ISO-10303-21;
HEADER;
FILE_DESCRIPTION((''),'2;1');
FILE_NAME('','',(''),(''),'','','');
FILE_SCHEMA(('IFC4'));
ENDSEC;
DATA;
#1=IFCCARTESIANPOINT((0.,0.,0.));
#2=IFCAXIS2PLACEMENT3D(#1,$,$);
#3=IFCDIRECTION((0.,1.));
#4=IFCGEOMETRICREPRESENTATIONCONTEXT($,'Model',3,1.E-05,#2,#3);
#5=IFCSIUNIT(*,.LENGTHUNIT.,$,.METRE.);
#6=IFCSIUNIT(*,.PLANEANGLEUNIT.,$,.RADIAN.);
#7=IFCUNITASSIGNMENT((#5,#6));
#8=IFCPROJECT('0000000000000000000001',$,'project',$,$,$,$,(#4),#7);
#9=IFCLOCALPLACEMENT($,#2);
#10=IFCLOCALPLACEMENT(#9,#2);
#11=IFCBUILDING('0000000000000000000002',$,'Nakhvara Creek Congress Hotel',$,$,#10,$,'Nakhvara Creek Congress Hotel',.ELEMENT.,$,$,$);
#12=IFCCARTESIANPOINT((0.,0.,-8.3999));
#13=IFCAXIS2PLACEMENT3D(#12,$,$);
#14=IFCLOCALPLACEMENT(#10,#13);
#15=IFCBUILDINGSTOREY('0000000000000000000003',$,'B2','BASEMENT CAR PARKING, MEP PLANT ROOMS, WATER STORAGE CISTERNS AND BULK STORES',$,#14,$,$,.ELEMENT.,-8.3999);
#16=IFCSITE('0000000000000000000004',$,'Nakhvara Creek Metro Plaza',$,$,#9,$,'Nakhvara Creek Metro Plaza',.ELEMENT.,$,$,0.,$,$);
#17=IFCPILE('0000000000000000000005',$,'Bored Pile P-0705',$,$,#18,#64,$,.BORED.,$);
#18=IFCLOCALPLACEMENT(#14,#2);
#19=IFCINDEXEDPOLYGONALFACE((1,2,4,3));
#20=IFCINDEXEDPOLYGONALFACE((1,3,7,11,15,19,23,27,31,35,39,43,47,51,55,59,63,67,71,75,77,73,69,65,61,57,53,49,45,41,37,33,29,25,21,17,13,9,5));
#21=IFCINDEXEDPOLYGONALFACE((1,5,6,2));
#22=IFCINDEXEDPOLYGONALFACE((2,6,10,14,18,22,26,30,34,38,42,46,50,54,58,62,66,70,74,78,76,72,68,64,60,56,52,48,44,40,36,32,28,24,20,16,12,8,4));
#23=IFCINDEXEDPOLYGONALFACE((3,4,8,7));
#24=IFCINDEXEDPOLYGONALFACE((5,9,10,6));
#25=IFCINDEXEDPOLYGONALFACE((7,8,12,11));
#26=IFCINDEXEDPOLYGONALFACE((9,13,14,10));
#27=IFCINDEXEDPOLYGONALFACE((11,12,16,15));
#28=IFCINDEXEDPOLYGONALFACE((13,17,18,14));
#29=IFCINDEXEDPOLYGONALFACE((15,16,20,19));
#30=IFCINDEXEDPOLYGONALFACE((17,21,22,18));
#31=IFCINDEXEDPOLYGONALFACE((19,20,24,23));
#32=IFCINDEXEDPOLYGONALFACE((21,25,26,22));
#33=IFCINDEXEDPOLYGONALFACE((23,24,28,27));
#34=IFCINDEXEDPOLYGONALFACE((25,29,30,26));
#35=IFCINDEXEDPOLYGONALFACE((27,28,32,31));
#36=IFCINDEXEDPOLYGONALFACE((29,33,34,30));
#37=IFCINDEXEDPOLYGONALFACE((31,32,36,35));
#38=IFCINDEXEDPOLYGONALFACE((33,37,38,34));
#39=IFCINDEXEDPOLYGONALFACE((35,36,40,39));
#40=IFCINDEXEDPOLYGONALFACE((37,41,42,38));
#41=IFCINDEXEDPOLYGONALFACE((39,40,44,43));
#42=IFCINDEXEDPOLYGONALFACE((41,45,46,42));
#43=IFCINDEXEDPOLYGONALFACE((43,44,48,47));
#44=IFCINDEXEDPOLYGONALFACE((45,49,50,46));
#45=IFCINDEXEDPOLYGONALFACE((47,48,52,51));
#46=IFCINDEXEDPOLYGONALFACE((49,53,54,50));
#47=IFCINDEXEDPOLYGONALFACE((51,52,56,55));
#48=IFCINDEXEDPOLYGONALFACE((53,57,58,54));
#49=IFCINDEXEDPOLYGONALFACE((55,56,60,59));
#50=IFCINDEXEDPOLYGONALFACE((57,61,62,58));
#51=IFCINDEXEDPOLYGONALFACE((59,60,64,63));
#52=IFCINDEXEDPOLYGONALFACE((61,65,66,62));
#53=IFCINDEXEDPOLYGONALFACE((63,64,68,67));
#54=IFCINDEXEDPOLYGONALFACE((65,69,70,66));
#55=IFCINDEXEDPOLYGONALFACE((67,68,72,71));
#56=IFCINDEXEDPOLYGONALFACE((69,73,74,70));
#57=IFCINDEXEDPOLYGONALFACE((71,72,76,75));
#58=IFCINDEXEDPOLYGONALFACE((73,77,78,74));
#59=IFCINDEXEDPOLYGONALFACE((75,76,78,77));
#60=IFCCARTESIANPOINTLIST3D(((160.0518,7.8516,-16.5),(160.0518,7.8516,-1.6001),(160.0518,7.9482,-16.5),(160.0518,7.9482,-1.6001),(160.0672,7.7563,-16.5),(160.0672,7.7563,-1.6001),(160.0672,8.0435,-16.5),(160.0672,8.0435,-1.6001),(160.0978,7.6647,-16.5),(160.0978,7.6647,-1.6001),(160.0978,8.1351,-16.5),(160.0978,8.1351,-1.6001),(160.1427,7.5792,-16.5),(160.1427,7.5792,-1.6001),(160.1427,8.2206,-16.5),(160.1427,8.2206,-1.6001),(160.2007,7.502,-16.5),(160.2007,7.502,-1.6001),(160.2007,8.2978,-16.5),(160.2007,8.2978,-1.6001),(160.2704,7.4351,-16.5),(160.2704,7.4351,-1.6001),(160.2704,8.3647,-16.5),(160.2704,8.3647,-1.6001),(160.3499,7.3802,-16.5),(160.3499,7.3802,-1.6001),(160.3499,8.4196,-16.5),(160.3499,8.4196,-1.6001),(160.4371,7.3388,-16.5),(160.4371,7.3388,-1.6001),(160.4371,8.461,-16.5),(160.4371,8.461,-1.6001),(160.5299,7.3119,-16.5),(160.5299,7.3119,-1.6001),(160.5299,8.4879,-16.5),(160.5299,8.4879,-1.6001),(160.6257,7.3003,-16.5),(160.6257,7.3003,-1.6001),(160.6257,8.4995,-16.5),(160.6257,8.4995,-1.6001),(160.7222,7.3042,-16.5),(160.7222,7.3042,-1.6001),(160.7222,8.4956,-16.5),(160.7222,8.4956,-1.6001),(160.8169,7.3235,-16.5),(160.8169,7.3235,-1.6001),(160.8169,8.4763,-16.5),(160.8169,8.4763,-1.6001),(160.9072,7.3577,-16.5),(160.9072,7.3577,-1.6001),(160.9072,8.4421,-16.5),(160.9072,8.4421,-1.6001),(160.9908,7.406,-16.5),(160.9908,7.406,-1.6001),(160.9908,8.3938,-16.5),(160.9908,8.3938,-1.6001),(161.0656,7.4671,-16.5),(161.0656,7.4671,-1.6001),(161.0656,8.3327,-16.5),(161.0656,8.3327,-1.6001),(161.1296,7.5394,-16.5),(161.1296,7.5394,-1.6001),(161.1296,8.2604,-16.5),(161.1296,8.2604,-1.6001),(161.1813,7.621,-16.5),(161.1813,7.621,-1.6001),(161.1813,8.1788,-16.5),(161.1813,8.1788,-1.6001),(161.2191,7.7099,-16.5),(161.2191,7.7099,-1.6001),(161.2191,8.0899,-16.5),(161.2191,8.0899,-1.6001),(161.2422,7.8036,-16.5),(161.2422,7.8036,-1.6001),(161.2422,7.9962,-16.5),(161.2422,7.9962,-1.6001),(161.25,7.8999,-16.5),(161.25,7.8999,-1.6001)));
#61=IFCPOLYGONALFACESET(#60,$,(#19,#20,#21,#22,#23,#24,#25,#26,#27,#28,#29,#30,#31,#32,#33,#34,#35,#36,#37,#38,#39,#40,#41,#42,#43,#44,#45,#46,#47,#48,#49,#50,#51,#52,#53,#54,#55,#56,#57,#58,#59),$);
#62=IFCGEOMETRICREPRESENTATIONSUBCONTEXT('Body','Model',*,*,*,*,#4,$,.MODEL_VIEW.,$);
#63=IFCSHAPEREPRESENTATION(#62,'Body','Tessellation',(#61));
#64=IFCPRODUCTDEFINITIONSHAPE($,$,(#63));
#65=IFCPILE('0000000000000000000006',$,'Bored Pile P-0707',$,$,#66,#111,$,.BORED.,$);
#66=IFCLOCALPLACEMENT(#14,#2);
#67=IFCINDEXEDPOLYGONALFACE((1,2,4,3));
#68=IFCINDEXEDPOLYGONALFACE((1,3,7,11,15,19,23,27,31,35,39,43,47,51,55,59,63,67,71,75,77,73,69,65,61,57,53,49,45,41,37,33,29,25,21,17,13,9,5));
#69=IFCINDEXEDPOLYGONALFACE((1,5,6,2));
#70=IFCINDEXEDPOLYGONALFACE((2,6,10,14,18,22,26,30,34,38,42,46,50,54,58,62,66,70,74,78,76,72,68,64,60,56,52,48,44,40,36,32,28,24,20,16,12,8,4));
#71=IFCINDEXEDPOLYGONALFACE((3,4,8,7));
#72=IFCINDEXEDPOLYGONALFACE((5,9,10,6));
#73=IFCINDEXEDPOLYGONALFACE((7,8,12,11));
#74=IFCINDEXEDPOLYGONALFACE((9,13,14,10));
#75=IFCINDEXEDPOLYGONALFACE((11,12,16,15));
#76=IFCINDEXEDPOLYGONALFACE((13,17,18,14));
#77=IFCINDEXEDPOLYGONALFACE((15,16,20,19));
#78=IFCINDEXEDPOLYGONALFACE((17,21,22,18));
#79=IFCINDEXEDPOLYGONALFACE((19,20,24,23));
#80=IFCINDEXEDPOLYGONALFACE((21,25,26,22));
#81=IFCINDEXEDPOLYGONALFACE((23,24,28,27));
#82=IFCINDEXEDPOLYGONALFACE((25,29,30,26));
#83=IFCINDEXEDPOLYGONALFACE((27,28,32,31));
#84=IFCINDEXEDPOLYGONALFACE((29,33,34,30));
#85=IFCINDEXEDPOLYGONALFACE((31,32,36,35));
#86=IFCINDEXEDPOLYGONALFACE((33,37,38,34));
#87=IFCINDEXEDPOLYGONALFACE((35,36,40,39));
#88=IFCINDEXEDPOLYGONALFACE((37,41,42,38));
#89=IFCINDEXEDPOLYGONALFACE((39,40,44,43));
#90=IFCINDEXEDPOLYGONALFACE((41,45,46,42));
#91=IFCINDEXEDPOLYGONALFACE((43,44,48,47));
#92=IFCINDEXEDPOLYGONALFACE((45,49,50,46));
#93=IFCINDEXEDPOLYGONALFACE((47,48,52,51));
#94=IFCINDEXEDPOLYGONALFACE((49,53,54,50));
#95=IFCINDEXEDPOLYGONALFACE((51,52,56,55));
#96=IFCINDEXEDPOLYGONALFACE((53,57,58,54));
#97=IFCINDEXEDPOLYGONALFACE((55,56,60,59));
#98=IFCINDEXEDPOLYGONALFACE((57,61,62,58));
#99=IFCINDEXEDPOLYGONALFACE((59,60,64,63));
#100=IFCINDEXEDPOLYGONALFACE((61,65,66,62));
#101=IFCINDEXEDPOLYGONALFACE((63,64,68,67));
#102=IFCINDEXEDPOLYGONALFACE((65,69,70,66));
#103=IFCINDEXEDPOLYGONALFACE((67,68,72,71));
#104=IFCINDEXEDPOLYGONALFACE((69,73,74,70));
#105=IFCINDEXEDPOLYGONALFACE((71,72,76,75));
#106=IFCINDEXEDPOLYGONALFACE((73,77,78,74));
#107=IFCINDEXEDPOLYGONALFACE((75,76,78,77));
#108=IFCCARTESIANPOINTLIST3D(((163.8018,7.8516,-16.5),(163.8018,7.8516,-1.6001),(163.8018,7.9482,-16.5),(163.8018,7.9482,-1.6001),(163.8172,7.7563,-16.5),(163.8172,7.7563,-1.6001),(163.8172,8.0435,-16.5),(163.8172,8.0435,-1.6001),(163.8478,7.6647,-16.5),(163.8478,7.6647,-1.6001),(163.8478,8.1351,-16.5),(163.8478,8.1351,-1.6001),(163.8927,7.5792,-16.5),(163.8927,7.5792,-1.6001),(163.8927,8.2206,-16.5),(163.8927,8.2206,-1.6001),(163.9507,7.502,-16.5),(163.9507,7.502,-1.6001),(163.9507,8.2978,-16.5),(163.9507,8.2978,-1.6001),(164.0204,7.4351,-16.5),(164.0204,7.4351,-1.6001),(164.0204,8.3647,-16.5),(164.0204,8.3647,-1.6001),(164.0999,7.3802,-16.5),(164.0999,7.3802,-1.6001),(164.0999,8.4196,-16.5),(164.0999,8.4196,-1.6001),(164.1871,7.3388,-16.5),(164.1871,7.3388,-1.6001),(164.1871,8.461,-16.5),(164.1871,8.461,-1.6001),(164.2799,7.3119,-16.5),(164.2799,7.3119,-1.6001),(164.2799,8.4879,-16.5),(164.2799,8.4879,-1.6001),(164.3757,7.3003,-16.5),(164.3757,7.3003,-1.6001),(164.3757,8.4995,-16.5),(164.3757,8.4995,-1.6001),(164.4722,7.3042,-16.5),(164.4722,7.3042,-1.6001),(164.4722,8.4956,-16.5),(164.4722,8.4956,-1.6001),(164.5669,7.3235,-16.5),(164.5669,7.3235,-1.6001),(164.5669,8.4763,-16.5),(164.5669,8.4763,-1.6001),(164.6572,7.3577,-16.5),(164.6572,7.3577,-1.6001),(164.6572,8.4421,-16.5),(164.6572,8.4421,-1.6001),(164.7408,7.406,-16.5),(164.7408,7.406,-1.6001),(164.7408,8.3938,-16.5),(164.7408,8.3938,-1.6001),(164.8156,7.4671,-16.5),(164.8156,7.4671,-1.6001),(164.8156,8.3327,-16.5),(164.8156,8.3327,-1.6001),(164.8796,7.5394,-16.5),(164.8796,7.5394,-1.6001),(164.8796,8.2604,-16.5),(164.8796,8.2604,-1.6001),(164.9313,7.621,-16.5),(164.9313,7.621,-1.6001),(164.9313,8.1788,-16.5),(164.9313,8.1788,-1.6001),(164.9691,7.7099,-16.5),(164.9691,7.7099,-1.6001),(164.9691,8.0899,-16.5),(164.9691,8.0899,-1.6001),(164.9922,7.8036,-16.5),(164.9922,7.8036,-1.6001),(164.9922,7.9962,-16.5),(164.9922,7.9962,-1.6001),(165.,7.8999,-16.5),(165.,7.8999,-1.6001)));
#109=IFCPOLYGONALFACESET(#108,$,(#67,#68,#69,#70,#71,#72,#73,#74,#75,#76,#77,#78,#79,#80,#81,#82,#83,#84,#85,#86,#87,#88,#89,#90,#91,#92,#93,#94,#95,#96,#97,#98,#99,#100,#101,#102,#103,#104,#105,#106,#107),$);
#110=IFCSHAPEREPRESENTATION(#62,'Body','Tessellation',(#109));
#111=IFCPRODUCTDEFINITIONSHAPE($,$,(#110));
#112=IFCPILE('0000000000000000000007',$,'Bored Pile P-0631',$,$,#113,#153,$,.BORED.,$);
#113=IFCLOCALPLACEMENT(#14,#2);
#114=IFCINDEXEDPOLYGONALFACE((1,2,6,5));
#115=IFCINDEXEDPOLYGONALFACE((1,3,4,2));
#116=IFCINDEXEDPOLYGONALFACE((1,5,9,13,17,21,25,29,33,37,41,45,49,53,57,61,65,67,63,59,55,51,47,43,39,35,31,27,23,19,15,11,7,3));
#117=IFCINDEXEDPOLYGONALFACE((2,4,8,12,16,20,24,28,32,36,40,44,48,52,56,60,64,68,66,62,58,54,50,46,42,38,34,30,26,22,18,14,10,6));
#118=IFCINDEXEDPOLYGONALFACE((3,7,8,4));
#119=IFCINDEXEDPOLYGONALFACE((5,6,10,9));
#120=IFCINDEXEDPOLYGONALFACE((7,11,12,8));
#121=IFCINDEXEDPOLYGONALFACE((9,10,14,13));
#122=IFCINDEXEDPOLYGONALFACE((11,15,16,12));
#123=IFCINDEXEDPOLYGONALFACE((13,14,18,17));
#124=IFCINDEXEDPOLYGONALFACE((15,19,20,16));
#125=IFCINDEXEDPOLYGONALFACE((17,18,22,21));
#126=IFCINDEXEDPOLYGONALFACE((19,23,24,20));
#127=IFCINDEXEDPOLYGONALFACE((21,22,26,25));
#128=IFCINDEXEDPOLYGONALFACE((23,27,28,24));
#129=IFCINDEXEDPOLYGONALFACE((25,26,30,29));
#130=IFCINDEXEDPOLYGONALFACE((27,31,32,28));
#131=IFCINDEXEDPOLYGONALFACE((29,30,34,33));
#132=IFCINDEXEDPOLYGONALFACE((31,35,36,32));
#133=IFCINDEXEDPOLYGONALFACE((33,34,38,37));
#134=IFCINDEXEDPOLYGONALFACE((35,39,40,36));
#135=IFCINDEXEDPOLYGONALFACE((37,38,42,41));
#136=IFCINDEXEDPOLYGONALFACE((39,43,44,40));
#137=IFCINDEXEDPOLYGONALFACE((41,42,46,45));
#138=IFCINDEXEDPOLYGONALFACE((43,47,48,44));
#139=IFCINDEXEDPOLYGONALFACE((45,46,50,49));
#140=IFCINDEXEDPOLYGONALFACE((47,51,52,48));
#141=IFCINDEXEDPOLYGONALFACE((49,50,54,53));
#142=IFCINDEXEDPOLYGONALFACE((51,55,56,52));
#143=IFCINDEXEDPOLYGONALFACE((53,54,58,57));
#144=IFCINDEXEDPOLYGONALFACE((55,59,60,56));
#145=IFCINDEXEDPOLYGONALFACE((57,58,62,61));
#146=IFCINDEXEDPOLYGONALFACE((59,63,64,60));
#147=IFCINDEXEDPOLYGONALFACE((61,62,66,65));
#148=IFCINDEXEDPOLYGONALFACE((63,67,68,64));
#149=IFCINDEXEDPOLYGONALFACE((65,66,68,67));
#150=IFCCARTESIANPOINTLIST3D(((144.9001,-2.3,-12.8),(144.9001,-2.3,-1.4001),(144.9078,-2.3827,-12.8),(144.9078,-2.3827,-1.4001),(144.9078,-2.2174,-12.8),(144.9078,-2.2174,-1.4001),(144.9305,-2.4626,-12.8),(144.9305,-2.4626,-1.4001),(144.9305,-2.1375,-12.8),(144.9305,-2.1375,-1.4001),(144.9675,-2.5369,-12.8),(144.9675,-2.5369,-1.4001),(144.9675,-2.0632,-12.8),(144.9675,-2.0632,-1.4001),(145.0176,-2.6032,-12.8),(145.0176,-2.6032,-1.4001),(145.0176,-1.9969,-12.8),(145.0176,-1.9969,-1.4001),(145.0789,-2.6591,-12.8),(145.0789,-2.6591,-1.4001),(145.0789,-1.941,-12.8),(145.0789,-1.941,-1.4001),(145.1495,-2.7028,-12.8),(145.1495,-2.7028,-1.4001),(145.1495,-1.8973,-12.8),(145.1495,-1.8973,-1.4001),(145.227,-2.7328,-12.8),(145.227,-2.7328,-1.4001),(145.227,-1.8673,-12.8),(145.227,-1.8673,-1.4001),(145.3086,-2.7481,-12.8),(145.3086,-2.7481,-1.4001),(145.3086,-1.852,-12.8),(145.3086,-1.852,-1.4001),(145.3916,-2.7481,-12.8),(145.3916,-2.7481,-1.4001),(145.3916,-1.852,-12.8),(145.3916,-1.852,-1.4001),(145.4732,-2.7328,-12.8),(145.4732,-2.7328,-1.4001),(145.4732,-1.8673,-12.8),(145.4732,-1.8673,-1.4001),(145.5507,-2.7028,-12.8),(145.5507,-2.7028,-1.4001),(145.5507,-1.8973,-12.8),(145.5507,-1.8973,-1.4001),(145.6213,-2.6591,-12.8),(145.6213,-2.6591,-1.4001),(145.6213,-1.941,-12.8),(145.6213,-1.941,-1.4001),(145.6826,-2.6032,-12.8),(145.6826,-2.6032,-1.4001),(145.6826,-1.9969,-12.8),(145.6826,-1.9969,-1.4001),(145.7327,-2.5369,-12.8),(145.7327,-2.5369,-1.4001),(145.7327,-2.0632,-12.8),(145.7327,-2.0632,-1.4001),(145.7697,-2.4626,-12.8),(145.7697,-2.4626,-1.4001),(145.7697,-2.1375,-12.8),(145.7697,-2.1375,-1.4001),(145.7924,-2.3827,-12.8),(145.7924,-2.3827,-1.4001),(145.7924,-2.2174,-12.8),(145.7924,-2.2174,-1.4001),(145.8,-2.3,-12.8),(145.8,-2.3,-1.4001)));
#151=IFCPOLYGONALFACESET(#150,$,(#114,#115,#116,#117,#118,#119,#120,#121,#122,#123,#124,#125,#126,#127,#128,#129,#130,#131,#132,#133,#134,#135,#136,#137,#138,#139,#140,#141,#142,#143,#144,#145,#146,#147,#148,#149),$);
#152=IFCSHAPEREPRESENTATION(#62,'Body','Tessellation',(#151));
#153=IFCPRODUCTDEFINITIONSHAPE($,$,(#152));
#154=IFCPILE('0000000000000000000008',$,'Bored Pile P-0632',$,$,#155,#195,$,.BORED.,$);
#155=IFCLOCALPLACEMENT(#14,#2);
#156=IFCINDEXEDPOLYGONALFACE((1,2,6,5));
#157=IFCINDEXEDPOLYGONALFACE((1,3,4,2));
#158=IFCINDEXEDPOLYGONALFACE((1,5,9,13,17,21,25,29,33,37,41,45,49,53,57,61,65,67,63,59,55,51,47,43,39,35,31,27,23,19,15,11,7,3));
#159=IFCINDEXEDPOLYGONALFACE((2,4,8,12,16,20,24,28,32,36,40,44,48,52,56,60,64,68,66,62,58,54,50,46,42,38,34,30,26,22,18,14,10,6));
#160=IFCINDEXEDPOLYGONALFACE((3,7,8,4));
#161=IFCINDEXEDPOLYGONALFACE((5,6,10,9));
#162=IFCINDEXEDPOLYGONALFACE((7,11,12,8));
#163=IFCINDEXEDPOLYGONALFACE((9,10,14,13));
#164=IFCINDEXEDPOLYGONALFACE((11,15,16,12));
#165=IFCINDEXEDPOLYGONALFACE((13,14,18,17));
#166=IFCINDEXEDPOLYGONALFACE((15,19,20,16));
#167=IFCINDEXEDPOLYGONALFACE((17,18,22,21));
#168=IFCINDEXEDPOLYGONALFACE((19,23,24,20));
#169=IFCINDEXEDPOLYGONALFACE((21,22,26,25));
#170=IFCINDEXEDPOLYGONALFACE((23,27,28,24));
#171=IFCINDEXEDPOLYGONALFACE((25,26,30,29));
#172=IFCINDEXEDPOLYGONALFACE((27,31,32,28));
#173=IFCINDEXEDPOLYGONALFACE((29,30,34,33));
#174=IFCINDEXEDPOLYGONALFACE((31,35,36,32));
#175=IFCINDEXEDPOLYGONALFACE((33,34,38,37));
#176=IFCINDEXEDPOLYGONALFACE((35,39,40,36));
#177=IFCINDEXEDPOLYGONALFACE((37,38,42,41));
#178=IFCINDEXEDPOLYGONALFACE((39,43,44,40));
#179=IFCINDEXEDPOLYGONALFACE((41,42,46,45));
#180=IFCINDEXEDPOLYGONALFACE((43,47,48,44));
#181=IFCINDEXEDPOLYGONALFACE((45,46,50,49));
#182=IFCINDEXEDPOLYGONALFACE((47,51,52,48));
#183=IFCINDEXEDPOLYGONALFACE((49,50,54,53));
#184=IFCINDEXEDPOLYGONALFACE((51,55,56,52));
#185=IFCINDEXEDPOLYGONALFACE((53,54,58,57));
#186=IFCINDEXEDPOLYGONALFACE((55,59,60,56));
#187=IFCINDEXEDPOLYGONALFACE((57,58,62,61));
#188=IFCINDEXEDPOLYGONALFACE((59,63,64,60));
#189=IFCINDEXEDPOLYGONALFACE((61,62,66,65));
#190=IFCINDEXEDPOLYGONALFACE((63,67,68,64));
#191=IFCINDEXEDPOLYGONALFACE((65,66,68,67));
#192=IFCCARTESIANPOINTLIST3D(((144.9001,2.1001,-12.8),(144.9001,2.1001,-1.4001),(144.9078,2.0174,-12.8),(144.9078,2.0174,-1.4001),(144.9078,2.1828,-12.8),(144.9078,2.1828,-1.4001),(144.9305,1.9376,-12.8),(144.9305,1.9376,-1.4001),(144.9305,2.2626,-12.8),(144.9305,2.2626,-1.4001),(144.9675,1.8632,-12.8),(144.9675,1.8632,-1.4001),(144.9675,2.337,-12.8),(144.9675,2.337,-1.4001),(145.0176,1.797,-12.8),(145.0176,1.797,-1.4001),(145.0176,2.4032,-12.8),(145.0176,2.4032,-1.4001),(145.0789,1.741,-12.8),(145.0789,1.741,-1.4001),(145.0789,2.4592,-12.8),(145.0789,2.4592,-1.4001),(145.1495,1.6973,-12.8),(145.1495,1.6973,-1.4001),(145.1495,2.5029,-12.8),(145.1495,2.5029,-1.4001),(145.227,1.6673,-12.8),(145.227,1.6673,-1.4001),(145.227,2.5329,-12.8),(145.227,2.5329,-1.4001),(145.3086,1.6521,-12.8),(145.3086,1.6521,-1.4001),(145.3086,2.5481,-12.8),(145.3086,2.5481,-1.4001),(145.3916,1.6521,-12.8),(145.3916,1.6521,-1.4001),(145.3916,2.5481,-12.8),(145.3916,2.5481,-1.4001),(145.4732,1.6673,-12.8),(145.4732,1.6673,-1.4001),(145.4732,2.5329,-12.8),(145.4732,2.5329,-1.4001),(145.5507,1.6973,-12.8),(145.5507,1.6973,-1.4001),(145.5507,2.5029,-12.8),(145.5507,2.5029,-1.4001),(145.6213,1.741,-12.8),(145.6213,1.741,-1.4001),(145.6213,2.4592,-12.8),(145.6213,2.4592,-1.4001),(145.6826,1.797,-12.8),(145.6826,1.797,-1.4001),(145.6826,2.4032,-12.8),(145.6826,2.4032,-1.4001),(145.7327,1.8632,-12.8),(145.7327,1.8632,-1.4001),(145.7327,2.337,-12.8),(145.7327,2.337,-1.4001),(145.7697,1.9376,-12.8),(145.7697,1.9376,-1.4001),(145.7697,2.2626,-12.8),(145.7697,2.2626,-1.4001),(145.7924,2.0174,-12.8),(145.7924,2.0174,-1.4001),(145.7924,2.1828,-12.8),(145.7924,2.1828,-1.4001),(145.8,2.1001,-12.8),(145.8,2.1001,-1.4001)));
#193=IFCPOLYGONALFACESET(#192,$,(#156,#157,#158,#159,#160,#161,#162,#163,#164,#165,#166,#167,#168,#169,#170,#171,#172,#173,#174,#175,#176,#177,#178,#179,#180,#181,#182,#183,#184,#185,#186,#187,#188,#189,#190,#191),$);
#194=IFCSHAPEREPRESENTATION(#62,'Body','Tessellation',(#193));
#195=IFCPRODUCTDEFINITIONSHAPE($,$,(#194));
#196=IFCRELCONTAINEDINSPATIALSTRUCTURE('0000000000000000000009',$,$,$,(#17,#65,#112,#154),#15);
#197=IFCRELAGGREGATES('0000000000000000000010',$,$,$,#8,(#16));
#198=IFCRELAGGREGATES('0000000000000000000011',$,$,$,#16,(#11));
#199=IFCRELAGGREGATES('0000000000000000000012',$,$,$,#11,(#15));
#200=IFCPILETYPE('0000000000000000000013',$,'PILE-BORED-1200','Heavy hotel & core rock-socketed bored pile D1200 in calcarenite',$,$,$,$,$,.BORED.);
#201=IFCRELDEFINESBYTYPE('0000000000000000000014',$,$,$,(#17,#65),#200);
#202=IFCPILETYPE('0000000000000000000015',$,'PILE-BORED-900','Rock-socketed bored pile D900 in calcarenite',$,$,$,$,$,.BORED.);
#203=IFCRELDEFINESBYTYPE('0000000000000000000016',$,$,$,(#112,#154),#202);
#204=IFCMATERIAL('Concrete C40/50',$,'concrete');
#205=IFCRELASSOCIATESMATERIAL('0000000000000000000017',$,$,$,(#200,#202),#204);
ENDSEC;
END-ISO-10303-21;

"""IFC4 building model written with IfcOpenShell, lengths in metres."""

from ifc_helpers import new_model, si_unit, direction, frame, origin, origin_2d, place, context, subcontext, project, spatial, circle, extrude, material, material_profile, profile_set, type_object, element, save


model = new_model("IFC4")

# Units and contexts
model_context = context("Model", 3, precision=1e-05, world=origin(), true_north=direction((0.0, 1.0)))
body_context = subcontext(model_context, "Body", "Model", "MODEL_VIEW")
ifc_project = project(units=[si_unit("LENGTHUNIT", "METRE"), si_unit("PLANEANGLEUNIT", "RADIAN")], contexts=[model_context])

# Site, building, storey
site_placement = place(None, origin())
site = spatial("IfcSite", under=ifc_project, at=site_placement, Name="Nakhvara Creek Metro Plaza", LongName="Nakhvara Creek Metro Plaza", CompositionType="ELEMENT", RefElevation=0.0)
building_placement = place(site_placement, origin())
building = spatial("IfcBuilding", under=site, at=building_placement, Name="Nakhvara Creek Congress Hotel", LongName="Nakhvara Creek Congress Hotel", CompositionType="ELEMENT")
storey_placement = place(building_placement, frame((0.0, 0.0, -8.3999)))
storey = spatial("IfcBuildingStorey", under=building, at=storey_placement, Name="B2", Description="BASEMENT CAR PARKING, MEP PLANT ROOMS, WATER STORAGE CISTERNS AND BULK STORES", CompositionType="ELEMENT", Elevation=-8.3999)

# Shared definitions
ifc_material_1 = material(Name="Concrete C40/50", Category="concrete")

# Piles
ifc_material_profile_1 = material_profile(ifc_material_1, circle(Radius=0.6001, at=origin_2d()), Name="BORED PILE D1200", Category="LoadBearing")
ifc_profile_set_1 = profile_set([ifc_material_profile_1], Name="Concrete C40/50")
pile_type_1 = type_object("IfcPileType", Name="PILE-BORED-1200", Description="Heavy hotel & core rock-socketed bored pile D1200 in calcarenite", PredefinedType="BORED", material=ifc_profile_set_1)
for number, where, z_axis, x_axis, name in (
    (1, (160.6499, 7.8999, -1.6001), (0.0, 0.0, -1.0), (1.0, 0.0, 0.0), "Bored Pile P-0705"),
    (2, (164.3999, 7.8999, -1.6001), (0.0, 0.0, -1.0), (1.0, 0.0, 0.0), "Bored Pile P-0707"),
):
    element("IfcPile", number, at=place(storey_placement, frame(where, z_axis=z_axis, x_axis=x_axis)), inside=storey, type_object=pile_type_1, Name=name, PredefinedType="BORED", context=body_context, shape_type="SweptSolid", body=[
        extrude(circle(Radius=0.6001, at=origin_2d()), origin(), (0.0, 0.0, 1.0), 14.8999),
    ])
ifc_material_profile_2 = material_profile(ifc_material_1, circle(Radius=0.45, at=origin_2d()), Name="BORED PILE D900", Category="LoadBearing")
ifc_profile_set_2 = profile_set([ifc_material_profile_2], Name="Concrete C40/50")
pile_type_2 = type_object("IfcPileType", Name="PILE-BORED-900", Description="Rock-socketed bored pile D900 in calcarenite", PredefinedType="BORED", material=ifc_profile_set_2)
for number, where, z_axis, x_axis, name in (
    (3, (145.3501, -2.3, -1.4001), (0.0, 0.0, -1.0), (1.0, 0.0, 0.0), "Bored Pile P-0631"),
    (4, (145.3501, 2.1001, -1.4001), (0.0, 0.0, -1.0), (1.0, 0.0, 0.0), "Bored Pile P-0632"),
):
    element("IfcPile", number, at=place(storey_placement, frame(where, z_axis=z_axis, x_axis=x_axis)), inside=storey, type_object=pile_type_2, Name=name, PredefinedType="BORED", context=body_context, shape_type="SweptSolid", body=[
        extrude(circle(Radius=0.45, at=origin_2d()), origin(), (0.0, 0.0, 1.0), 11.3999),
    ])

save(model, "model.ifc")
